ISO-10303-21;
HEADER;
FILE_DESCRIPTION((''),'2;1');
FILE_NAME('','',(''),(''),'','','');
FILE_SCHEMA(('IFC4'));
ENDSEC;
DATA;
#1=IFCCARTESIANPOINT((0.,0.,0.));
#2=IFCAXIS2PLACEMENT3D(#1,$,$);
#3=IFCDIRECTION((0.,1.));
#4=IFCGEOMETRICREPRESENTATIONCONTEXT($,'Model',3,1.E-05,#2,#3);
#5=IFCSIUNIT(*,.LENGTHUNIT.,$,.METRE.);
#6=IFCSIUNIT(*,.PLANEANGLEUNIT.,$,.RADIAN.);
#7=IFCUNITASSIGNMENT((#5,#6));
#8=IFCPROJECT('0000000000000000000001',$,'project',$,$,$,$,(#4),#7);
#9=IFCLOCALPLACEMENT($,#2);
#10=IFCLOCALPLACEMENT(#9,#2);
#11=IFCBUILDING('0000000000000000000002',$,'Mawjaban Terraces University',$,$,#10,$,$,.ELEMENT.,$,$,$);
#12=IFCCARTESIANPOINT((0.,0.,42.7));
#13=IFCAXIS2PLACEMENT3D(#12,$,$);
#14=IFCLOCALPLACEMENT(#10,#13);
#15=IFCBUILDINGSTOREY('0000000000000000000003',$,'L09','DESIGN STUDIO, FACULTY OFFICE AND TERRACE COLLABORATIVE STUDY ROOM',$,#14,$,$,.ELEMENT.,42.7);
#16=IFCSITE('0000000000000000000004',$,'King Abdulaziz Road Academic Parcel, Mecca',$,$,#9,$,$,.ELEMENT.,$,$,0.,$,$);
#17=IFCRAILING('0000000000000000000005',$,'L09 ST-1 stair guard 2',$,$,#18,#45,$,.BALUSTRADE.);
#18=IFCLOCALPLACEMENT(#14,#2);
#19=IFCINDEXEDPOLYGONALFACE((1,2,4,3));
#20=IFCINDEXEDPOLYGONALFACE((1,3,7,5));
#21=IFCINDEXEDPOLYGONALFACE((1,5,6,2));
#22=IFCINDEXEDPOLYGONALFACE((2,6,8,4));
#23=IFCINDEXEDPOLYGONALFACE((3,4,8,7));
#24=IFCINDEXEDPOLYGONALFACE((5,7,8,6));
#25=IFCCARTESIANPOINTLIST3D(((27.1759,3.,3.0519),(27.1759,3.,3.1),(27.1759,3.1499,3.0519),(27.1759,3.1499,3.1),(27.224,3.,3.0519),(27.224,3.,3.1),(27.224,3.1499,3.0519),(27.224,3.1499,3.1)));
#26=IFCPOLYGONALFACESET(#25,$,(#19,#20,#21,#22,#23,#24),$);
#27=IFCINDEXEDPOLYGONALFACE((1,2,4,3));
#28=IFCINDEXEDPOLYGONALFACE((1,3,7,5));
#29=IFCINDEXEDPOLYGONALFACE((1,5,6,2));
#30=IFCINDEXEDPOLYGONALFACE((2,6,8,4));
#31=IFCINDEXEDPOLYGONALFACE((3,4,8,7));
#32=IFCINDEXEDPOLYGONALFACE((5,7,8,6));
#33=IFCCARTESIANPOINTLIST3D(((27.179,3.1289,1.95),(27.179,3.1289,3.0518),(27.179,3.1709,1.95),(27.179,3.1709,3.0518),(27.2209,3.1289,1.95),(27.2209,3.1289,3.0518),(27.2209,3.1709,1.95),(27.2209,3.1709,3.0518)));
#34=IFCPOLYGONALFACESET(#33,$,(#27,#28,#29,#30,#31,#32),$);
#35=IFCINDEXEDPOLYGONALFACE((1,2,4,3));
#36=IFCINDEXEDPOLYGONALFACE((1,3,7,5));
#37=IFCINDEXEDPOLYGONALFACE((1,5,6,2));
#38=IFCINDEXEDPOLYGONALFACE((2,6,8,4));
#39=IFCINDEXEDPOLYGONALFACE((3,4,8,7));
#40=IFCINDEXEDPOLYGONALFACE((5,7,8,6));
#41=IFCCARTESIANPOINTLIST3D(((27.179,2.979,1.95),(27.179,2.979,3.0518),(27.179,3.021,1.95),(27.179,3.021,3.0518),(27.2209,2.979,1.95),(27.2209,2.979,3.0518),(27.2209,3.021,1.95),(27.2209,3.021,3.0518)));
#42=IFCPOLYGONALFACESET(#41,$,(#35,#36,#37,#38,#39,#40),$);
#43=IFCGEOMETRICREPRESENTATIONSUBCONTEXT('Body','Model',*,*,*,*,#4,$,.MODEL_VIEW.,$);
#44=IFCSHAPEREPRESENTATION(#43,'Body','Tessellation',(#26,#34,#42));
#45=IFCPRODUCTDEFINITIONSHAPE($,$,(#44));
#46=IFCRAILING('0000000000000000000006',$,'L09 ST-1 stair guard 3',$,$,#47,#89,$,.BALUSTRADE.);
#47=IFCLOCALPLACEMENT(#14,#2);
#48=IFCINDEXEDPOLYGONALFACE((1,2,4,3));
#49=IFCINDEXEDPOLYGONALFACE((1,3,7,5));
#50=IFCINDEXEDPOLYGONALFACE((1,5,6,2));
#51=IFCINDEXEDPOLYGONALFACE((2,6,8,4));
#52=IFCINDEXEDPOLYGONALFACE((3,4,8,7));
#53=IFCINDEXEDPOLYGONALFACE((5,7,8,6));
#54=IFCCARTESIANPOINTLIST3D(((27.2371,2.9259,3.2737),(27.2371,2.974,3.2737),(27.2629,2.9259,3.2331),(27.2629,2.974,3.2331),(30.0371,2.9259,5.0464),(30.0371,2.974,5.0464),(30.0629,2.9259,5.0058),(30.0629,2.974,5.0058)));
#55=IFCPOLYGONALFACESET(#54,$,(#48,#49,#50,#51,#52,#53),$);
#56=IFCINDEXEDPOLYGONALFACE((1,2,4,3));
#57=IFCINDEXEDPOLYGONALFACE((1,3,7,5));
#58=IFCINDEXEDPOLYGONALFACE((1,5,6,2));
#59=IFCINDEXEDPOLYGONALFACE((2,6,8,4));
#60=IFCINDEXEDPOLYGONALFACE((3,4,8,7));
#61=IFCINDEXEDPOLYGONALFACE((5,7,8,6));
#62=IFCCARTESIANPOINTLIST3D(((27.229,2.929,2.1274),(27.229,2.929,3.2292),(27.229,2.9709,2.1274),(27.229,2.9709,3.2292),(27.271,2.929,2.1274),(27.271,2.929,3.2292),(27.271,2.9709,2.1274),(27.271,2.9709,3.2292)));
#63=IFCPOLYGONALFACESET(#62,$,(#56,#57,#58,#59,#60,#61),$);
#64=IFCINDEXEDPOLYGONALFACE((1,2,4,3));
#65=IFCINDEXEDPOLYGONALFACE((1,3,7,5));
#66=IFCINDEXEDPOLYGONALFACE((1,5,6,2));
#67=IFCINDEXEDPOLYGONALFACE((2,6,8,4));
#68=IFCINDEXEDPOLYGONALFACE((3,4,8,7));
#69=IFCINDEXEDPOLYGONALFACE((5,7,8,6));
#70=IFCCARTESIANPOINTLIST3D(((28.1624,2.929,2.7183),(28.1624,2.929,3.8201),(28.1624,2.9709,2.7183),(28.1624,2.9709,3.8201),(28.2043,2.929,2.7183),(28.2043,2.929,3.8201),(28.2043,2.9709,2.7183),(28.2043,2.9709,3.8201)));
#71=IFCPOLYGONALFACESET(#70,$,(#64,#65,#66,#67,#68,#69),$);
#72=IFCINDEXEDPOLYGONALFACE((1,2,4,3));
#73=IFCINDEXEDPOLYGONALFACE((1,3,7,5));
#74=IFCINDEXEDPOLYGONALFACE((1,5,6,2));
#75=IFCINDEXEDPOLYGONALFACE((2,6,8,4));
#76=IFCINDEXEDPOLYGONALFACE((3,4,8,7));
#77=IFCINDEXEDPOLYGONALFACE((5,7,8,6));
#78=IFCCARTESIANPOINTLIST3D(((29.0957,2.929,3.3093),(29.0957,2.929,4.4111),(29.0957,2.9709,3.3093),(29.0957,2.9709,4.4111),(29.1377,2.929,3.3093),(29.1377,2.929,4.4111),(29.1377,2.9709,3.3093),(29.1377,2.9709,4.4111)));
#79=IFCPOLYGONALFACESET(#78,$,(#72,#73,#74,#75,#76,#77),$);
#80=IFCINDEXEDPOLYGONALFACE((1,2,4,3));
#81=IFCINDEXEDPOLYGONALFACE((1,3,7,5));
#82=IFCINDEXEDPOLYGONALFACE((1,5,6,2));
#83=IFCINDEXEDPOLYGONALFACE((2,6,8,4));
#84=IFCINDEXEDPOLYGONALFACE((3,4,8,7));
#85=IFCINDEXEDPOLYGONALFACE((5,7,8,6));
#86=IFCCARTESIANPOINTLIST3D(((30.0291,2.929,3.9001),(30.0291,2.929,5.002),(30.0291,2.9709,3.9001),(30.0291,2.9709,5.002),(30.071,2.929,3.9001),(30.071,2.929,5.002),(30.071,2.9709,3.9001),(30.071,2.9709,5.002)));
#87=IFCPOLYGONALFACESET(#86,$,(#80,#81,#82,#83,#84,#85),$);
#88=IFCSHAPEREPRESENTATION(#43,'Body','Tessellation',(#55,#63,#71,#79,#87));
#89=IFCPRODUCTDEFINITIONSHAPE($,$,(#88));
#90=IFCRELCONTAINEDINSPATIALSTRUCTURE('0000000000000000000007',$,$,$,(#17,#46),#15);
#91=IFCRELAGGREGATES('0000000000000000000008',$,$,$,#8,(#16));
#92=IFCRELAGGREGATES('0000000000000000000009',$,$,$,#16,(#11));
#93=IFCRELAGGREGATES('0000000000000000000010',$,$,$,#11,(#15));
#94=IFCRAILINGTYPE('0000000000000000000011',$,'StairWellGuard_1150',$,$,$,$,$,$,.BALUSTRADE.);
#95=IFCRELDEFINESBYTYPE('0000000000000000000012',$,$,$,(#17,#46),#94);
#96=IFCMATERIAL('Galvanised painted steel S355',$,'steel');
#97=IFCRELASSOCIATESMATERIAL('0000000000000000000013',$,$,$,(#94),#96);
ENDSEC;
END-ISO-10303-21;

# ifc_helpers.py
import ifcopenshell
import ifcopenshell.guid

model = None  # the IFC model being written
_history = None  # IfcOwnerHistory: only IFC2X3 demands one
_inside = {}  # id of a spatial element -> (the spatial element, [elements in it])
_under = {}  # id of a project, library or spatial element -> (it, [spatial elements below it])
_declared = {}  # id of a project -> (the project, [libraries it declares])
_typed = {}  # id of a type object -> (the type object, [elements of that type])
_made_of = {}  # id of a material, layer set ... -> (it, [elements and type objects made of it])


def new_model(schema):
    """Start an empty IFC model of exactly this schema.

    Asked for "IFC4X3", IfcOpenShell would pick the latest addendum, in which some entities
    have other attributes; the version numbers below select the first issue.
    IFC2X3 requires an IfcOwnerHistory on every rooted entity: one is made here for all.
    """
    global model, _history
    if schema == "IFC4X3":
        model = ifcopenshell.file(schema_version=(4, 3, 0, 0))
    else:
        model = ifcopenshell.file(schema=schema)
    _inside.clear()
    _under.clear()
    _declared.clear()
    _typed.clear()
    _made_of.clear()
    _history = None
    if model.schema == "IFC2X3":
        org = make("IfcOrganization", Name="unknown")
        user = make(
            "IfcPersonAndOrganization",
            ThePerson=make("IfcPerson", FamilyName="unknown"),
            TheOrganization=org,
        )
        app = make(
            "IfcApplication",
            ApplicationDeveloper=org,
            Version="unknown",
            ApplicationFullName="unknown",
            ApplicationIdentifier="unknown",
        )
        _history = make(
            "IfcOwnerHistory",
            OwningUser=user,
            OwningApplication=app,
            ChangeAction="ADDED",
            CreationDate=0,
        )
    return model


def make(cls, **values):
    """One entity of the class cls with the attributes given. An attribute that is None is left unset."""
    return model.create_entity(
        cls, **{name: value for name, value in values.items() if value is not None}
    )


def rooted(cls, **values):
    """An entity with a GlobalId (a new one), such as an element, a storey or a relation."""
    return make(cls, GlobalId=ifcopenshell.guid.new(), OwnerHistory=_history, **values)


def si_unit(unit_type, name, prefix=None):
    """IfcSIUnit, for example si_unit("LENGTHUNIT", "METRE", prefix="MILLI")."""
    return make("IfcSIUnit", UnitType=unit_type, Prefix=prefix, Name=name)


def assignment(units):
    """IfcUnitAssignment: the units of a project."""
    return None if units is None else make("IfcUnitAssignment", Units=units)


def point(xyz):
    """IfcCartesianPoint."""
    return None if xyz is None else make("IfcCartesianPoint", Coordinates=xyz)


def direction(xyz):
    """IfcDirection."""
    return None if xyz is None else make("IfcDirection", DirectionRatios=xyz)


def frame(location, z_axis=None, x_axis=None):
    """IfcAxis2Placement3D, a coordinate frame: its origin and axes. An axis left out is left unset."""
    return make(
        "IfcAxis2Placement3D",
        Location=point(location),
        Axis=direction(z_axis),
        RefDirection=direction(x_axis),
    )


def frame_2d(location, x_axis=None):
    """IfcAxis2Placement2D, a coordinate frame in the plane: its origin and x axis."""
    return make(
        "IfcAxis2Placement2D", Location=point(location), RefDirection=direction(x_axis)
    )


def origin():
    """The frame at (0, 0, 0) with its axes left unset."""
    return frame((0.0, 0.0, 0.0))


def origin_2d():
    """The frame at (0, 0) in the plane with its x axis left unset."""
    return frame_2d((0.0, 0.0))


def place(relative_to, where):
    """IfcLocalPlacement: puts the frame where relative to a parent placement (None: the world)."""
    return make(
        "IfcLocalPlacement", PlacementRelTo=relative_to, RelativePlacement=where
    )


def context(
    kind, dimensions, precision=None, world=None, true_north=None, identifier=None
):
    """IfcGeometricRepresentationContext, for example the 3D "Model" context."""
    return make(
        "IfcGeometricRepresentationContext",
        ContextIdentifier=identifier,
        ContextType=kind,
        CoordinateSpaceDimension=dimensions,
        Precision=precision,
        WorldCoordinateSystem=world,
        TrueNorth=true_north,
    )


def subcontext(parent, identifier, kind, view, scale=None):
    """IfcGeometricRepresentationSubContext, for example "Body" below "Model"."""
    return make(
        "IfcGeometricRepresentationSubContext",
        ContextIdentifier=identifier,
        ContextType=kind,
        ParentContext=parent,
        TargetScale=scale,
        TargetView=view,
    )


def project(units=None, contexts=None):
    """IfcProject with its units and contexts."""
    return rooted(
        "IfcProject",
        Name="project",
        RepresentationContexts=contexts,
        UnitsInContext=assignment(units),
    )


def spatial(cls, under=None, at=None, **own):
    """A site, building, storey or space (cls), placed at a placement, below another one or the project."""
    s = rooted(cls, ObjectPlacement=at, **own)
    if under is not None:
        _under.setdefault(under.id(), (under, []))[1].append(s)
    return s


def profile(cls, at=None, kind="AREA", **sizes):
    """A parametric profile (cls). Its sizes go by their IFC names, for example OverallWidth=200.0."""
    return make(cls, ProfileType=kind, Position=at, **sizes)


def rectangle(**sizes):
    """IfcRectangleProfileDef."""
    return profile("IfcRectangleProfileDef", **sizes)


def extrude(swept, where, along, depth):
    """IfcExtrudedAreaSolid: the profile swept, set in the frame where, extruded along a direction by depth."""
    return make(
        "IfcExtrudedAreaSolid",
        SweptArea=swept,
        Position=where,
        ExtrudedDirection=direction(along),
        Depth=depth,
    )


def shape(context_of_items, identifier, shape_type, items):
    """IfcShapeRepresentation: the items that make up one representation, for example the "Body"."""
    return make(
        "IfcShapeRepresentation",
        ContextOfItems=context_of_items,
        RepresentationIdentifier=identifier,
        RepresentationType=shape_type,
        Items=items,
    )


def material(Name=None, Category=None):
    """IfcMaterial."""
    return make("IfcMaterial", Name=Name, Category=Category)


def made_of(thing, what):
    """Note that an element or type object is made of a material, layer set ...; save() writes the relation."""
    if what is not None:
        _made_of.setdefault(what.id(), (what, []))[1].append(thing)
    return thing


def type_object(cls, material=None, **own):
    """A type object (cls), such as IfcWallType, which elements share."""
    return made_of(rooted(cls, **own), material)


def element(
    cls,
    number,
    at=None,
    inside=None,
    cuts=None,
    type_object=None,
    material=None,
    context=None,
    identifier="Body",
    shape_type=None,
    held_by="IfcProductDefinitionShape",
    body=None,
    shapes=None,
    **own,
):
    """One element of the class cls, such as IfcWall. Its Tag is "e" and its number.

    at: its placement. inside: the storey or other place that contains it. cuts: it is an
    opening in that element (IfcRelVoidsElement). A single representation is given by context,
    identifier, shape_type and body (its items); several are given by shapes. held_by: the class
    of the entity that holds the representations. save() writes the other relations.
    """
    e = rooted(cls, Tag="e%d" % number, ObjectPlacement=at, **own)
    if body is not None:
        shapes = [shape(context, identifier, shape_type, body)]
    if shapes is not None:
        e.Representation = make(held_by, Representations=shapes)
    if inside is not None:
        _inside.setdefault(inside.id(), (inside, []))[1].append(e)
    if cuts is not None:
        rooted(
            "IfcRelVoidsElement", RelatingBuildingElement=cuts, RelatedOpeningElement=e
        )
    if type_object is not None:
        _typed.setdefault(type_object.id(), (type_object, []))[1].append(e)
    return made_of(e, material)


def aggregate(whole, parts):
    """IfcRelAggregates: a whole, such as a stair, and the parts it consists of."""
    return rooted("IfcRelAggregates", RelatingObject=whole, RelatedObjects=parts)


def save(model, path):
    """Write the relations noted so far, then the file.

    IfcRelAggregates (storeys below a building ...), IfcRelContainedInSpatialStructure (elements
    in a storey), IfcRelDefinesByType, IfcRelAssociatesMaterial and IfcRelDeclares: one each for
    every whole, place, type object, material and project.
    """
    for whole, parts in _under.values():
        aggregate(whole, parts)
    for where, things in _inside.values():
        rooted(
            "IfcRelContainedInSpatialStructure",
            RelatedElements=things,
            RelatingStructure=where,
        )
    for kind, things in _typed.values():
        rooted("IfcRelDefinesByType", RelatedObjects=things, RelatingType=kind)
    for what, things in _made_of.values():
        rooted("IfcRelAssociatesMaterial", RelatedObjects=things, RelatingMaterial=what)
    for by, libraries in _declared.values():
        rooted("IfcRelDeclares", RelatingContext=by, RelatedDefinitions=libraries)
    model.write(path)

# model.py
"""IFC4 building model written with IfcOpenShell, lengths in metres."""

from ifc_helpers import new_model, si_unit, direction, frame, origin, origin_2d, place, context, subcontext, project, spatial, rectangle, extrude, material, type_object, element, save


model = new_model("IFC4")

# Units and contexts
model_context = context("Model", 3, precision=1e-05, world=origin(), true_north=direction((0.0, 1.0)))
body_context = subcontext(model_context, "Body", "Model", "MODEL_VIEW")
ifc_project = project(units=[si_unit("LENGTHUNIT", "METRE"), si_unit("PLANEANGLEUNIT", "RADIAN")], contexts=[model_context])

# Site, building, storey
site_placement = place(None, origin())
site = spatial("IfcSite", under=ifc_project, at=site_placement, Name="King Abdulaziz Road Academic Parcel, Mecca", CompositionType="ELEMENT", RefElevation=0.0)
building_placement = place(site_placement, origin())
building = spatial("IfcBuilding", under=site, at=building_placement, Name="Mawjaban Terraces University", CompositionType="ELEMENT")
storey_placement = place(building_placement, frame((0.0, 0.0, 42.7)))
storey = spatial("IfcBuildingStorey", under=building, at=storey_placement, Name="L09", Description="DESIGN STUDIO, FACULTY OFFICE AND TERRACE COLLABORATIVE STUDY ROOM", CompositionType="ELEMENT", Elevation=42.7)

# Railings
ifc_material_1 = material(Name="Galvanised painted steel S355", Category="steel")
railing_type_1 = type_object("IfcRailingType", Name="StairWellGuard_1150", PredefinedType="BALUSTRADE", material=ifc_material_1)
railing_1_placement = place(storey_placement, frame((27.2, 3.1499, 1.95)))
element("IfcRailing", 1, at=railing_1_placement, inside=storey, type_object=railing_type_1, Name="L09 ST-1 stair guard 2", PredefinedType="BALUSTRADE", context=body_context, shape_type="SweptSolid", body=[
    extrude(rectangle(XDim=0.0481, YDim=0.0481, at=origin_2d()), frame((0.0, 0.0, 1.126), z_axis=(0.0, -1.0, 0.0), x_axis=(1.0, 0.0, 0.0)), (0.0, 0.0, 1.0), 0.1499),
    extrude(rectangle(XDim=0.042, YDim=0.042, at=origin_2d()), origin(), (0.0, 0.0, 1.0), 1.1018),
    extrude(rectangle(XDim=0.042, YDim=0.042, at=origin_2d()), frame((0.0, -0.1499, 0.0)), (0.0, 0.0, 1.0), 1.1018),
])
railing_2_placement = place(storey_placement, frame((27.25, 2.95, 2.1274)))
element("IfcRailing", 2, at=railing_2_placement, inside=storey, type_object=railing_type_1, Name="L09 ST-1 stair guard 3", PredefinedType="BALUSTRADE", context=body_context, shape_type="SweptSolid", body=[
    extrude(rectangle(XDim=0.0481, YDim=0.0481, at=origin_2d()), frame((0.0, 0.0, 1.126), z_axis=(0.844909, 0.0, 0.53491), x_axis=(0.0, 1.0, 0.0)), (0.0, 0.0, 1.0), 3.314),
    extrude(rectangle(XDim=0.042, YDim=0.042, at=origin_2d()), origin(), (0.0, 0.0, 1.0), 1.1018),
    extrude(rectangle(XDim=0.042, YDim=0.042, at=origin_2d()), frame((0.9333, 0.0, 0.5908)), (0.0, 0.0, 1.0), 1.1018),
    extrude(rectangle(XDim=0.042, YDim=0.042, at=origin_2d()), frame((1.8667, 0.0, 1.1819)), (0.0, 0.0, 1.0), 1.1018),
    extrude(rectangle(XDim=0.042, YDim=0.042, at=origin_2d()), frame((2.8, 0.0, 1.7727)), (0.0, 0.0, 1.0), 1.1018),
])

save(model, "model.ifc")
